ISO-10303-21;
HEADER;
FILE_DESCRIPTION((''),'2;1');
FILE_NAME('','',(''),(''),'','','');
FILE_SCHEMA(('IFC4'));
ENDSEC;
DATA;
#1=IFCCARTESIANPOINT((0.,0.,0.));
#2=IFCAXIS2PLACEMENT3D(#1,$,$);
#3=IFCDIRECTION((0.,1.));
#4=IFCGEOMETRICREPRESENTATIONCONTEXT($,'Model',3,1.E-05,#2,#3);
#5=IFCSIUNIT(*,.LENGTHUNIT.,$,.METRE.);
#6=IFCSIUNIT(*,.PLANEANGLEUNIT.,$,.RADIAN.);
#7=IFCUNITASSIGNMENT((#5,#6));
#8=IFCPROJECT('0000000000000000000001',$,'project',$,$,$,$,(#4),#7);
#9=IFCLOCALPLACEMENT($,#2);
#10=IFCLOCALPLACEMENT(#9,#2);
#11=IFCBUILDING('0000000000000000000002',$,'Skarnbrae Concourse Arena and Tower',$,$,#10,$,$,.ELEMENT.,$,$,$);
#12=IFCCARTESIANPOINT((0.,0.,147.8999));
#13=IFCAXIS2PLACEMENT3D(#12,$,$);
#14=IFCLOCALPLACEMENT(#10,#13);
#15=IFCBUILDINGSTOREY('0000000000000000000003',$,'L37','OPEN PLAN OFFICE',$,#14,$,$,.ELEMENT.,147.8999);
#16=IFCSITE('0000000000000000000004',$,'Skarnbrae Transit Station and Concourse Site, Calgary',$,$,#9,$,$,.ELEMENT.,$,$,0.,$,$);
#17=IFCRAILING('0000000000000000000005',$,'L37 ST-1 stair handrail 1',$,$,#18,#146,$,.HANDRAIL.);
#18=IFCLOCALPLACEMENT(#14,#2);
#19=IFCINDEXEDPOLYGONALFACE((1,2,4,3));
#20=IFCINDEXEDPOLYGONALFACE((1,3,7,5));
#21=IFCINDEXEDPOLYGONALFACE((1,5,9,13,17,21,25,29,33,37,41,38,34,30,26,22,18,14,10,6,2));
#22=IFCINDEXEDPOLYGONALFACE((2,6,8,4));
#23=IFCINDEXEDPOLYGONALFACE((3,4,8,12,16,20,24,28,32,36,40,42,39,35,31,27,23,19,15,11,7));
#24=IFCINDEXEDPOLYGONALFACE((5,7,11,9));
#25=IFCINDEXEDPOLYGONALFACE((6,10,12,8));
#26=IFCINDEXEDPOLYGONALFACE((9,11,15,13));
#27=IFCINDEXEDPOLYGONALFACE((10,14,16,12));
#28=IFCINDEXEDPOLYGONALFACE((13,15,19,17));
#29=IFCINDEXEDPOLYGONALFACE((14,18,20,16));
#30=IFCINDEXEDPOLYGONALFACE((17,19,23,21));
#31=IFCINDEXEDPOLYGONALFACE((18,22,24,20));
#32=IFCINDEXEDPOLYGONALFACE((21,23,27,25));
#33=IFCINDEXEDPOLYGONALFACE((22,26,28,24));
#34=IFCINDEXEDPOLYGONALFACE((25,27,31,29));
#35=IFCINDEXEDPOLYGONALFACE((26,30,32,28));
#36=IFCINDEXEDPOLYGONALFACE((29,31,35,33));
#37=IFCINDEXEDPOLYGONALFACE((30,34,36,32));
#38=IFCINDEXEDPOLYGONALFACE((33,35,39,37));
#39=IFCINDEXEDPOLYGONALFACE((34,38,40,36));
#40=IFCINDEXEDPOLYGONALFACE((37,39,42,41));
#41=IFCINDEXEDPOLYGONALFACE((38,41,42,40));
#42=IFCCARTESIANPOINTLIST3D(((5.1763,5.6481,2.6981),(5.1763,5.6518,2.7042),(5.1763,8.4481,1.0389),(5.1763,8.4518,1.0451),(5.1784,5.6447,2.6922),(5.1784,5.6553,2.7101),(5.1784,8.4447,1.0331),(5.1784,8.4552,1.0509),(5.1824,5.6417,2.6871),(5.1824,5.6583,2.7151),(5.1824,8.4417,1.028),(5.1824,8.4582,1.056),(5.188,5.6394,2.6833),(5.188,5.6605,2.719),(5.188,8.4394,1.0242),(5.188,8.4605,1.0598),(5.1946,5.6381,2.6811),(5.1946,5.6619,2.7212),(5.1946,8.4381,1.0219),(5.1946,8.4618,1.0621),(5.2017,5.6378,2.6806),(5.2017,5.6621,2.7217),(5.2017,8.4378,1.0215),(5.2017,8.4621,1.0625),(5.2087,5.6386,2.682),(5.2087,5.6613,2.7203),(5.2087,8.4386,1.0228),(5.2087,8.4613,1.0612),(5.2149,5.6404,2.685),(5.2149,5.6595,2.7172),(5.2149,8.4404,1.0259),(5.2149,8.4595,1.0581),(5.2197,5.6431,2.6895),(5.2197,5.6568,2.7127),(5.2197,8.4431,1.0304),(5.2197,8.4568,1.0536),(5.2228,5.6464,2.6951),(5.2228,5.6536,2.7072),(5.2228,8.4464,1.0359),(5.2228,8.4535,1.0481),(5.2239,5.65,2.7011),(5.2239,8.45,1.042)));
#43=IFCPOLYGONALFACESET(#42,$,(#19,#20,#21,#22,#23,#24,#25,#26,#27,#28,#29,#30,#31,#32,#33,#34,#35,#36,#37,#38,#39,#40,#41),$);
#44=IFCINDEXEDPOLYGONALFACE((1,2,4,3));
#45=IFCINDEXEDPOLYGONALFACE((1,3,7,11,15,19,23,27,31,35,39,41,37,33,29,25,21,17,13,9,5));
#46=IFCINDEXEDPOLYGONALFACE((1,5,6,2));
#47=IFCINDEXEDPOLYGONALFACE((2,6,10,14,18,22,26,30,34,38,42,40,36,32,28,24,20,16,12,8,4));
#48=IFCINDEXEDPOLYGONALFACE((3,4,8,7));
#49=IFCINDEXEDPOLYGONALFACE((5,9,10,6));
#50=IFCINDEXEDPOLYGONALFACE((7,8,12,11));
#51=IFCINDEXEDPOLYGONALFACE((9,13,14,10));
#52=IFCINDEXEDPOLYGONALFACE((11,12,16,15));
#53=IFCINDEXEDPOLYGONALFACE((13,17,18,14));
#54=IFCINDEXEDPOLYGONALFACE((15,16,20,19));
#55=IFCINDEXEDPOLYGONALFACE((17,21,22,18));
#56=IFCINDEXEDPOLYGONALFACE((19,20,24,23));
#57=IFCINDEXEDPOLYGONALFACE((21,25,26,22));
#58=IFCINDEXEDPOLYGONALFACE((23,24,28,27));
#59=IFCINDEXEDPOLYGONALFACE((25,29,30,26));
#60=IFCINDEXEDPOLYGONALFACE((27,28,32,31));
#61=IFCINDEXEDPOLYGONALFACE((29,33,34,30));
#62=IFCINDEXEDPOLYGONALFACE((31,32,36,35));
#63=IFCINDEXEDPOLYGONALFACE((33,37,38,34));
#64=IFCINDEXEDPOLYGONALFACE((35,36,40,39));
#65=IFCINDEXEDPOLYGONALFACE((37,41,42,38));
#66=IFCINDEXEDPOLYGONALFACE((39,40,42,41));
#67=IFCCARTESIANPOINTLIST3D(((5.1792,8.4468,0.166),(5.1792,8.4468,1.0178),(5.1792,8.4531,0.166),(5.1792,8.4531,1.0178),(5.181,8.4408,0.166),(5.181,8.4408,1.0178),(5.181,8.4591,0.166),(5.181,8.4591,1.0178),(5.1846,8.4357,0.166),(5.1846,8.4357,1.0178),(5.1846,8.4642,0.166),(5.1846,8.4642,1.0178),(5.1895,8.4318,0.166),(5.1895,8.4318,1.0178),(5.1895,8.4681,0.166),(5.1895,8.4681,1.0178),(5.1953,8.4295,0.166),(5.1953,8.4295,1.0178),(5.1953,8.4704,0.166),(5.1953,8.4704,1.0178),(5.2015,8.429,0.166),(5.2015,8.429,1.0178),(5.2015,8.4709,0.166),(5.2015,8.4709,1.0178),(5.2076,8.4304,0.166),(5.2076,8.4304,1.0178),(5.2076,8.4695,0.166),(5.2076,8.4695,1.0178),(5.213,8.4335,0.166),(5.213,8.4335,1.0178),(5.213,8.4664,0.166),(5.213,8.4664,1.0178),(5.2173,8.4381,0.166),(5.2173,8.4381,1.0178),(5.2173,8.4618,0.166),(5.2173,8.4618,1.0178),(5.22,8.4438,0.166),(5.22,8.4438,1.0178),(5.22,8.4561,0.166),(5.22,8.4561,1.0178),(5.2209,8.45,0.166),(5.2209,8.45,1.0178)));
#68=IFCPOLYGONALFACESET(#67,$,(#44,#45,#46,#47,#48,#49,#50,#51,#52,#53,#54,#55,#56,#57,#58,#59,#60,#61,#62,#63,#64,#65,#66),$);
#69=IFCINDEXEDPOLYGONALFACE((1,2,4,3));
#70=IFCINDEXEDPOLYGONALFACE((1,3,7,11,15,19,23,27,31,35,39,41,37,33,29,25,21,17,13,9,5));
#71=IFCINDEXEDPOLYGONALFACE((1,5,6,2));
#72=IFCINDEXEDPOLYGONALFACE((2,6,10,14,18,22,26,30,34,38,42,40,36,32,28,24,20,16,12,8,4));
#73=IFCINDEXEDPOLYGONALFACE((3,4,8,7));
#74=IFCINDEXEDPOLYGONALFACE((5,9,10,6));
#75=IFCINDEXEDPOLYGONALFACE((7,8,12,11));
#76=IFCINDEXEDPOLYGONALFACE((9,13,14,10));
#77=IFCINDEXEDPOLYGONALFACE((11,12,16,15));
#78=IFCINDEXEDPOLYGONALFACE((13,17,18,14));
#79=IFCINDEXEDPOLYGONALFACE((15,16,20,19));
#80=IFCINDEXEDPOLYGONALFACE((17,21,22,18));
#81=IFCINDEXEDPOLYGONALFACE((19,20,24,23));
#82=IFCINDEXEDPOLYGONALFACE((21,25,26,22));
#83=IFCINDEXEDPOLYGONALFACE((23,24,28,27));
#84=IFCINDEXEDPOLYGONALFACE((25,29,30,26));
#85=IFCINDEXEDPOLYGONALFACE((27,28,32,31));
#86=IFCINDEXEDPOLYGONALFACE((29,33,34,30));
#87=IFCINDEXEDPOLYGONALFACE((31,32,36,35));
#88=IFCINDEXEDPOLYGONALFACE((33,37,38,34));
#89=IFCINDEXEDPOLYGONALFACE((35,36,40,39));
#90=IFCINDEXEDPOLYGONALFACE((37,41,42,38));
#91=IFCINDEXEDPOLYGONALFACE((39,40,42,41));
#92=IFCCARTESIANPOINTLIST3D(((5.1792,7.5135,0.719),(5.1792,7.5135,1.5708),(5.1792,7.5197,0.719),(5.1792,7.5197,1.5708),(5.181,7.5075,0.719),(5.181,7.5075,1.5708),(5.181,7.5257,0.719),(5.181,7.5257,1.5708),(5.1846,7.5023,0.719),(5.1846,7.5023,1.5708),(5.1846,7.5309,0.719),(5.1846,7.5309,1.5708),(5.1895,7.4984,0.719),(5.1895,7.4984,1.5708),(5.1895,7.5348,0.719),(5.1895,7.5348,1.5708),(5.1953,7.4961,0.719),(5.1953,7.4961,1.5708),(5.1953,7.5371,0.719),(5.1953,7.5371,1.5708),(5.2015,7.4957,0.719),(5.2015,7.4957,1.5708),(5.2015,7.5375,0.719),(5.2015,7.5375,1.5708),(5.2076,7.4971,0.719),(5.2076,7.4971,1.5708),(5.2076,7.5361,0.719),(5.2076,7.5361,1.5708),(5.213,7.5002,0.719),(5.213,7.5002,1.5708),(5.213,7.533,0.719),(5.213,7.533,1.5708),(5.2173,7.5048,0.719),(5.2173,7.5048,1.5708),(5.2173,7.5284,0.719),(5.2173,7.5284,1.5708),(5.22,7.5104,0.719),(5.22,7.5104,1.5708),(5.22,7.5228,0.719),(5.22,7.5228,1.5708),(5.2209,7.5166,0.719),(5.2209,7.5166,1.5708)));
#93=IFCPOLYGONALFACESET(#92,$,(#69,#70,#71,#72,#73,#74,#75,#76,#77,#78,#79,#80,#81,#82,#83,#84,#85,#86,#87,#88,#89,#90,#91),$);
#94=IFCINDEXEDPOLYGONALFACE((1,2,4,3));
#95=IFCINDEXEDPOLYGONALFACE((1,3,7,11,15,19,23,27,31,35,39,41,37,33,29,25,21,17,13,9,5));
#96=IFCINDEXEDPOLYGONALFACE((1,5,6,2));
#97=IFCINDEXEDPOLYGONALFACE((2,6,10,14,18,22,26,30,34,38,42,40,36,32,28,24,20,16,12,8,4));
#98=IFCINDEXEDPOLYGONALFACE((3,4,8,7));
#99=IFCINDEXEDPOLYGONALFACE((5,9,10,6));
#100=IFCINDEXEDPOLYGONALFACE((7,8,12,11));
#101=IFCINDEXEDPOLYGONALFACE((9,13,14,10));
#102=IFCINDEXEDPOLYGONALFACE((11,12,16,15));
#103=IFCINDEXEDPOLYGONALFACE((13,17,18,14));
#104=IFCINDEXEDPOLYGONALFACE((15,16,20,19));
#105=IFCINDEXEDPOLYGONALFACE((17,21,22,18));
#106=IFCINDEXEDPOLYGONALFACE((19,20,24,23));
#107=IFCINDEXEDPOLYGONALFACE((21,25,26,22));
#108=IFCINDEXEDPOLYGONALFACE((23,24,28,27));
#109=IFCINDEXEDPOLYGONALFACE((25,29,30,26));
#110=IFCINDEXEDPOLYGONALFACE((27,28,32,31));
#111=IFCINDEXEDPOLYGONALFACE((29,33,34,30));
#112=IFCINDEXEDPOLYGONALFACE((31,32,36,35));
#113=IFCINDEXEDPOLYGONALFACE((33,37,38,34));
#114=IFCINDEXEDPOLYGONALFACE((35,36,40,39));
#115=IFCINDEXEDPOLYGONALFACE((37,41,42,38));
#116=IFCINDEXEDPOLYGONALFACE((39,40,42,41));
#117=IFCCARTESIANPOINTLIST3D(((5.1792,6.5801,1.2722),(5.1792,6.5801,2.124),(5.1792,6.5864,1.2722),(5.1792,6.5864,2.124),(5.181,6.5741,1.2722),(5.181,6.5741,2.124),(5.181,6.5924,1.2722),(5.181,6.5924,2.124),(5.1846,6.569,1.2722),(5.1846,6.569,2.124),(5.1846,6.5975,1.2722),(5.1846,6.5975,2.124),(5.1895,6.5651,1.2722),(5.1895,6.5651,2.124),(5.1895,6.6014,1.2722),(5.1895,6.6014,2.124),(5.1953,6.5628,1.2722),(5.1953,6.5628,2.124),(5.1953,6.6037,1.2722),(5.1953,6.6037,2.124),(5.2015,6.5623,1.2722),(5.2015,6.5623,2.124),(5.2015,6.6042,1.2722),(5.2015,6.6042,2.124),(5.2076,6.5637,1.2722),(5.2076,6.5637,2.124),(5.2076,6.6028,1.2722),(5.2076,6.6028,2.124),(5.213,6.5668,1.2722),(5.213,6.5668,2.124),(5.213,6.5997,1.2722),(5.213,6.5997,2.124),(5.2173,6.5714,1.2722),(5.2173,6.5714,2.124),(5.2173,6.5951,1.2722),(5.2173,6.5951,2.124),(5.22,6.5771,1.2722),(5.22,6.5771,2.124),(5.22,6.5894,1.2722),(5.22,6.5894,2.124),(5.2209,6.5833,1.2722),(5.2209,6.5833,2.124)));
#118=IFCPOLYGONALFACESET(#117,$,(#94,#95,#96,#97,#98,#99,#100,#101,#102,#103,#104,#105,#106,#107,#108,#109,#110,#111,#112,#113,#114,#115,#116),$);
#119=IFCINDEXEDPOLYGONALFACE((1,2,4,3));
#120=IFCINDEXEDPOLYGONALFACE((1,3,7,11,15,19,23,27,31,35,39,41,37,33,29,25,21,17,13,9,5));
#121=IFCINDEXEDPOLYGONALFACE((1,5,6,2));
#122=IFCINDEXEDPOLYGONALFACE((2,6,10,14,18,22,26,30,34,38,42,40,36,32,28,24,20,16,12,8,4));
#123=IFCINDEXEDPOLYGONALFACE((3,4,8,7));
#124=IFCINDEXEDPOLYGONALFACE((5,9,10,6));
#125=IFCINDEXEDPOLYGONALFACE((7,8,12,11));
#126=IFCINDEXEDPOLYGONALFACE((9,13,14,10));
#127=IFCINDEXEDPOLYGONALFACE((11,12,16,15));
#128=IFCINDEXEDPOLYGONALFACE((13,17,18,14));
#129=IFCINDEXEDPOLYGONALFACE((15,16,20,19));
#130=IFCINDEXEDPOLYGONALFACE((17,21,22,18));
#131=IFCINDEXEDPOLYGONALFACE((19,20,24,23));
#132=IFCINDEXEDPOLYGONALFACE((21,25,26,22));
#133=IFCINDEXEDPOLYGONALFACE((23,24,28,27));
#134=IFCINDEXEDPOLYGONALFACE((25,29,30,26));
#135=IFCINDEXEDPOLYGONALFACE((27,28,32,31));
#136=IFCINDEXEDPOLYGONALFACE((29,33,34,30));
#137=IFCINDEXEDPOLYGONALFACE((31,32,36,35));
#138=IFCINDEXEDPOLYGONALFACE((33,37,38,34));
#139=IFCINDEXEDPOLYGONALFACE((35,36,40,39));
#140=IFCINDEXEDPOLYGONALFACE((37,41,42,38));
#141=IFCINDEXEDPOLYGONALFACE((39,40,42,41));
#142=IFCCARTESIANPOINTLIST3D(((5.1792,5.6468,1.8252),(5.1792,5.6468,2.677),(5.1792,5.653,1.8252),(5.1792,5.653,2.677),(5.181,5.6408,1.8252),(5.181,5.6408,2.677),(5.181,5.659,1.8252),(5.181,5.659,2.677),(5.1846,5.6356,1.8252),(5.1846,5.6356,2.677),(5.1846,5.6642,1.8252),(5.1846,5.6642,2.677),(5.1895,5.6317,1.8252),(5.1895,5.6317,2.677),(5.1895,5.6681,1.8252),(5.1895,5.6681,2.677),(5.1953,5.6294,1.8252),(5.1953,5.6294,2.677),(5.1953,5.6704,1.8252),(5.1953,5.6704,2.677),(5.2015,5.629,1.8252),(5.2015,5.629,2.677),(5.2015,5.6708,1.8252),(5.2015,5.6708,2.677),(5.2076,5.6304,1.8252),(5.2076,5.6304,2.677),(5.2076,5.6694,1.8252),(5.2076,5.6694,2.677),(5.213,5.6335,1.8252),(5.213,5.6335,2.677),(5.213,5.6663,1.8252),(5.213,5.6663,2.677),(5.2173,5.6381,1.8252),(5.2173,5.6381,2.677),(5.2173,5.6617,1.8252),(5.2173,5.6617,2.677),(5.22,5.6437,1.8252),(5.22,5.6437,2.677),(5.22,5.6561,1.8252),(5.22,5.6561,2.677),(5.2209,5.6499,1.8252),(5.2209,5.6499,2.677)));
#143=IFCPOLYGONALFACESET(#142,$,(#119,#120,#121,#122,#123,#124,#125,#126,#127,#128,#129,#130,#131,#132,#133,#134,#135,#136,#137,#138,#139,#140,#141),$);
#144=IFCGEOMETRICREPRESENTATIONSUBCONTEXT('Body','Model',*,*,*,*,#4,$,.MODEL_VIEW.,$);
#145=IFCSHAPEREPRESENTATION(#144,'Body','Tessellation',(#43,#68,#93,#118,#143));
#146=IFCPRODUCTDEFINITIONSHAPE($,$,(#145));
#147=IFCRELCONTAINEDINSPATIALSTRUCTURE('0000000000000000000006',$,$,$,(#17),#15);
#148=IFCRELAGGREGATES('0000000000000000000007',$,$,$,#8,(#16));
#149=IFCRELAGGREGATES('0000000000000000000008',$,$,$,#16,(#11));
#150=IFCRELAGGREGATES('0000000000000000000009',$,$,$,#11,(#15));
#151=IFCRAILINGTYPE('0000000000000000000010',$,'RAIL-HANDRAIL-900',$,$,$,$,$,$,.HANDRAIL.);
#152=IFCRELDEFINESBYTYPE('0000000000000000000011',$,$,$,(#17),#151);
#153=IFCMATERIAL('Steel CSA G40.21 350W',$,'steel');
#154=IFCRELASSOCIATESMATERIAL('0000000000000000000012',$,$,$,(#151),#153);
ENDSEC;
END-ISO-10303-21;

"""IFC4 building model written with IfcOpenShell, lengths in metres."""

from ifc_helpers import new_model, si_unit, direction, frame, origin, origin_2d, place, context, subcontext, project, spatial, circle, extrude, material, type_object, element, save


model = new_model("IFC4")

# Units and contexts
model_context = context("Model", 3, precision=1e-05, world=origin(), true_north=direction((0.0, 1.0)))
body_context = subcontext(model_context, "Body", "Model", "MODEL_VIEW")
ifc_project = project(units=[si_unit("LENGTHUNIT", "METRE"), si_unit("PLANEANGLEUNIT", "RADIAN")], contexts=[model_context])

# Site, building, storey
site_placement = place(None, origin())
site = spatial("IfcSite", under=ifc_project, at=site_placement, Name="Skarnbrae Transit Station and Concourse Site, Calgary", CompositionType="ELEMENT", RefElevation=0.0)
building_placement = place(site_placement, origin())
building = spatial("IfcBuilding", under=site, at=building_placement, Name="Skarnbrae Concourse Arena and Tower", CompositionType="ELEMENT")
storey_placement = place(building_placement, frame((0.0, 0.0, 147.8999)))
storey = spatial("IfcBuildingStorey", under=building, at=storey_placement, Name="L37", Description="OPEN PLAN OFFICE", CompositionType="ELEMENT", Elevation=147.8999)

# Shared definitions
ifc_material_1 = material(Name="Steel CSA G40.21 350W", Category="steel")

# Railing
railing_type_1 = type_object("IfcRailingType", Name="RAIL-HANDRAIL-900", PredefinedType="HANDRAIL", material=ifc_material_1)
railing_1_placement = place(storey_placement, frame((5.2, 8.45, 0.166)))
element("IfcRailing", 1, at=railing_1_placement, inside=storey, type_object=railing_type_1, Name="L37 ST-1 stair handrail 1", PredefinedType="HANDRAIL", context=body_context, shape_type="SweptSolid", body=[
    extrude(circle(Radius=0.0239, at=origin_2d()), frame((0.0, 0.0, 0.876), z_axis=(0.0, -0.860306, 0.509778), x_axis=(1.0, 0.0, 0.0)), (0.0, 0.0, 1.0), 3.2546),
    extrude(circle(Radius=0.021, at=origin_2d()), origin(), (0.0, 0.0, 1.0), 0.8518),
    extrude(circle(Radius=0.021, at=origin_2d()), frame((0.0, -0.9333, 0.553)), (0.0, 0.0, 1.0), 0.8518),
    extrude(circle(Radius=0.021, at=origin_2d()), frame((0.0, -1.8667, 1.1062)), (0.0, 0.0, 1.0), 0.8518),
    extrude(circle(Radius=0.021, at=origin_2d()), frame((0.0, -2.8, 1.6592)), (0.0, 0.0, 1.0), 0.8518),
])

save(model, "model.ifc")
